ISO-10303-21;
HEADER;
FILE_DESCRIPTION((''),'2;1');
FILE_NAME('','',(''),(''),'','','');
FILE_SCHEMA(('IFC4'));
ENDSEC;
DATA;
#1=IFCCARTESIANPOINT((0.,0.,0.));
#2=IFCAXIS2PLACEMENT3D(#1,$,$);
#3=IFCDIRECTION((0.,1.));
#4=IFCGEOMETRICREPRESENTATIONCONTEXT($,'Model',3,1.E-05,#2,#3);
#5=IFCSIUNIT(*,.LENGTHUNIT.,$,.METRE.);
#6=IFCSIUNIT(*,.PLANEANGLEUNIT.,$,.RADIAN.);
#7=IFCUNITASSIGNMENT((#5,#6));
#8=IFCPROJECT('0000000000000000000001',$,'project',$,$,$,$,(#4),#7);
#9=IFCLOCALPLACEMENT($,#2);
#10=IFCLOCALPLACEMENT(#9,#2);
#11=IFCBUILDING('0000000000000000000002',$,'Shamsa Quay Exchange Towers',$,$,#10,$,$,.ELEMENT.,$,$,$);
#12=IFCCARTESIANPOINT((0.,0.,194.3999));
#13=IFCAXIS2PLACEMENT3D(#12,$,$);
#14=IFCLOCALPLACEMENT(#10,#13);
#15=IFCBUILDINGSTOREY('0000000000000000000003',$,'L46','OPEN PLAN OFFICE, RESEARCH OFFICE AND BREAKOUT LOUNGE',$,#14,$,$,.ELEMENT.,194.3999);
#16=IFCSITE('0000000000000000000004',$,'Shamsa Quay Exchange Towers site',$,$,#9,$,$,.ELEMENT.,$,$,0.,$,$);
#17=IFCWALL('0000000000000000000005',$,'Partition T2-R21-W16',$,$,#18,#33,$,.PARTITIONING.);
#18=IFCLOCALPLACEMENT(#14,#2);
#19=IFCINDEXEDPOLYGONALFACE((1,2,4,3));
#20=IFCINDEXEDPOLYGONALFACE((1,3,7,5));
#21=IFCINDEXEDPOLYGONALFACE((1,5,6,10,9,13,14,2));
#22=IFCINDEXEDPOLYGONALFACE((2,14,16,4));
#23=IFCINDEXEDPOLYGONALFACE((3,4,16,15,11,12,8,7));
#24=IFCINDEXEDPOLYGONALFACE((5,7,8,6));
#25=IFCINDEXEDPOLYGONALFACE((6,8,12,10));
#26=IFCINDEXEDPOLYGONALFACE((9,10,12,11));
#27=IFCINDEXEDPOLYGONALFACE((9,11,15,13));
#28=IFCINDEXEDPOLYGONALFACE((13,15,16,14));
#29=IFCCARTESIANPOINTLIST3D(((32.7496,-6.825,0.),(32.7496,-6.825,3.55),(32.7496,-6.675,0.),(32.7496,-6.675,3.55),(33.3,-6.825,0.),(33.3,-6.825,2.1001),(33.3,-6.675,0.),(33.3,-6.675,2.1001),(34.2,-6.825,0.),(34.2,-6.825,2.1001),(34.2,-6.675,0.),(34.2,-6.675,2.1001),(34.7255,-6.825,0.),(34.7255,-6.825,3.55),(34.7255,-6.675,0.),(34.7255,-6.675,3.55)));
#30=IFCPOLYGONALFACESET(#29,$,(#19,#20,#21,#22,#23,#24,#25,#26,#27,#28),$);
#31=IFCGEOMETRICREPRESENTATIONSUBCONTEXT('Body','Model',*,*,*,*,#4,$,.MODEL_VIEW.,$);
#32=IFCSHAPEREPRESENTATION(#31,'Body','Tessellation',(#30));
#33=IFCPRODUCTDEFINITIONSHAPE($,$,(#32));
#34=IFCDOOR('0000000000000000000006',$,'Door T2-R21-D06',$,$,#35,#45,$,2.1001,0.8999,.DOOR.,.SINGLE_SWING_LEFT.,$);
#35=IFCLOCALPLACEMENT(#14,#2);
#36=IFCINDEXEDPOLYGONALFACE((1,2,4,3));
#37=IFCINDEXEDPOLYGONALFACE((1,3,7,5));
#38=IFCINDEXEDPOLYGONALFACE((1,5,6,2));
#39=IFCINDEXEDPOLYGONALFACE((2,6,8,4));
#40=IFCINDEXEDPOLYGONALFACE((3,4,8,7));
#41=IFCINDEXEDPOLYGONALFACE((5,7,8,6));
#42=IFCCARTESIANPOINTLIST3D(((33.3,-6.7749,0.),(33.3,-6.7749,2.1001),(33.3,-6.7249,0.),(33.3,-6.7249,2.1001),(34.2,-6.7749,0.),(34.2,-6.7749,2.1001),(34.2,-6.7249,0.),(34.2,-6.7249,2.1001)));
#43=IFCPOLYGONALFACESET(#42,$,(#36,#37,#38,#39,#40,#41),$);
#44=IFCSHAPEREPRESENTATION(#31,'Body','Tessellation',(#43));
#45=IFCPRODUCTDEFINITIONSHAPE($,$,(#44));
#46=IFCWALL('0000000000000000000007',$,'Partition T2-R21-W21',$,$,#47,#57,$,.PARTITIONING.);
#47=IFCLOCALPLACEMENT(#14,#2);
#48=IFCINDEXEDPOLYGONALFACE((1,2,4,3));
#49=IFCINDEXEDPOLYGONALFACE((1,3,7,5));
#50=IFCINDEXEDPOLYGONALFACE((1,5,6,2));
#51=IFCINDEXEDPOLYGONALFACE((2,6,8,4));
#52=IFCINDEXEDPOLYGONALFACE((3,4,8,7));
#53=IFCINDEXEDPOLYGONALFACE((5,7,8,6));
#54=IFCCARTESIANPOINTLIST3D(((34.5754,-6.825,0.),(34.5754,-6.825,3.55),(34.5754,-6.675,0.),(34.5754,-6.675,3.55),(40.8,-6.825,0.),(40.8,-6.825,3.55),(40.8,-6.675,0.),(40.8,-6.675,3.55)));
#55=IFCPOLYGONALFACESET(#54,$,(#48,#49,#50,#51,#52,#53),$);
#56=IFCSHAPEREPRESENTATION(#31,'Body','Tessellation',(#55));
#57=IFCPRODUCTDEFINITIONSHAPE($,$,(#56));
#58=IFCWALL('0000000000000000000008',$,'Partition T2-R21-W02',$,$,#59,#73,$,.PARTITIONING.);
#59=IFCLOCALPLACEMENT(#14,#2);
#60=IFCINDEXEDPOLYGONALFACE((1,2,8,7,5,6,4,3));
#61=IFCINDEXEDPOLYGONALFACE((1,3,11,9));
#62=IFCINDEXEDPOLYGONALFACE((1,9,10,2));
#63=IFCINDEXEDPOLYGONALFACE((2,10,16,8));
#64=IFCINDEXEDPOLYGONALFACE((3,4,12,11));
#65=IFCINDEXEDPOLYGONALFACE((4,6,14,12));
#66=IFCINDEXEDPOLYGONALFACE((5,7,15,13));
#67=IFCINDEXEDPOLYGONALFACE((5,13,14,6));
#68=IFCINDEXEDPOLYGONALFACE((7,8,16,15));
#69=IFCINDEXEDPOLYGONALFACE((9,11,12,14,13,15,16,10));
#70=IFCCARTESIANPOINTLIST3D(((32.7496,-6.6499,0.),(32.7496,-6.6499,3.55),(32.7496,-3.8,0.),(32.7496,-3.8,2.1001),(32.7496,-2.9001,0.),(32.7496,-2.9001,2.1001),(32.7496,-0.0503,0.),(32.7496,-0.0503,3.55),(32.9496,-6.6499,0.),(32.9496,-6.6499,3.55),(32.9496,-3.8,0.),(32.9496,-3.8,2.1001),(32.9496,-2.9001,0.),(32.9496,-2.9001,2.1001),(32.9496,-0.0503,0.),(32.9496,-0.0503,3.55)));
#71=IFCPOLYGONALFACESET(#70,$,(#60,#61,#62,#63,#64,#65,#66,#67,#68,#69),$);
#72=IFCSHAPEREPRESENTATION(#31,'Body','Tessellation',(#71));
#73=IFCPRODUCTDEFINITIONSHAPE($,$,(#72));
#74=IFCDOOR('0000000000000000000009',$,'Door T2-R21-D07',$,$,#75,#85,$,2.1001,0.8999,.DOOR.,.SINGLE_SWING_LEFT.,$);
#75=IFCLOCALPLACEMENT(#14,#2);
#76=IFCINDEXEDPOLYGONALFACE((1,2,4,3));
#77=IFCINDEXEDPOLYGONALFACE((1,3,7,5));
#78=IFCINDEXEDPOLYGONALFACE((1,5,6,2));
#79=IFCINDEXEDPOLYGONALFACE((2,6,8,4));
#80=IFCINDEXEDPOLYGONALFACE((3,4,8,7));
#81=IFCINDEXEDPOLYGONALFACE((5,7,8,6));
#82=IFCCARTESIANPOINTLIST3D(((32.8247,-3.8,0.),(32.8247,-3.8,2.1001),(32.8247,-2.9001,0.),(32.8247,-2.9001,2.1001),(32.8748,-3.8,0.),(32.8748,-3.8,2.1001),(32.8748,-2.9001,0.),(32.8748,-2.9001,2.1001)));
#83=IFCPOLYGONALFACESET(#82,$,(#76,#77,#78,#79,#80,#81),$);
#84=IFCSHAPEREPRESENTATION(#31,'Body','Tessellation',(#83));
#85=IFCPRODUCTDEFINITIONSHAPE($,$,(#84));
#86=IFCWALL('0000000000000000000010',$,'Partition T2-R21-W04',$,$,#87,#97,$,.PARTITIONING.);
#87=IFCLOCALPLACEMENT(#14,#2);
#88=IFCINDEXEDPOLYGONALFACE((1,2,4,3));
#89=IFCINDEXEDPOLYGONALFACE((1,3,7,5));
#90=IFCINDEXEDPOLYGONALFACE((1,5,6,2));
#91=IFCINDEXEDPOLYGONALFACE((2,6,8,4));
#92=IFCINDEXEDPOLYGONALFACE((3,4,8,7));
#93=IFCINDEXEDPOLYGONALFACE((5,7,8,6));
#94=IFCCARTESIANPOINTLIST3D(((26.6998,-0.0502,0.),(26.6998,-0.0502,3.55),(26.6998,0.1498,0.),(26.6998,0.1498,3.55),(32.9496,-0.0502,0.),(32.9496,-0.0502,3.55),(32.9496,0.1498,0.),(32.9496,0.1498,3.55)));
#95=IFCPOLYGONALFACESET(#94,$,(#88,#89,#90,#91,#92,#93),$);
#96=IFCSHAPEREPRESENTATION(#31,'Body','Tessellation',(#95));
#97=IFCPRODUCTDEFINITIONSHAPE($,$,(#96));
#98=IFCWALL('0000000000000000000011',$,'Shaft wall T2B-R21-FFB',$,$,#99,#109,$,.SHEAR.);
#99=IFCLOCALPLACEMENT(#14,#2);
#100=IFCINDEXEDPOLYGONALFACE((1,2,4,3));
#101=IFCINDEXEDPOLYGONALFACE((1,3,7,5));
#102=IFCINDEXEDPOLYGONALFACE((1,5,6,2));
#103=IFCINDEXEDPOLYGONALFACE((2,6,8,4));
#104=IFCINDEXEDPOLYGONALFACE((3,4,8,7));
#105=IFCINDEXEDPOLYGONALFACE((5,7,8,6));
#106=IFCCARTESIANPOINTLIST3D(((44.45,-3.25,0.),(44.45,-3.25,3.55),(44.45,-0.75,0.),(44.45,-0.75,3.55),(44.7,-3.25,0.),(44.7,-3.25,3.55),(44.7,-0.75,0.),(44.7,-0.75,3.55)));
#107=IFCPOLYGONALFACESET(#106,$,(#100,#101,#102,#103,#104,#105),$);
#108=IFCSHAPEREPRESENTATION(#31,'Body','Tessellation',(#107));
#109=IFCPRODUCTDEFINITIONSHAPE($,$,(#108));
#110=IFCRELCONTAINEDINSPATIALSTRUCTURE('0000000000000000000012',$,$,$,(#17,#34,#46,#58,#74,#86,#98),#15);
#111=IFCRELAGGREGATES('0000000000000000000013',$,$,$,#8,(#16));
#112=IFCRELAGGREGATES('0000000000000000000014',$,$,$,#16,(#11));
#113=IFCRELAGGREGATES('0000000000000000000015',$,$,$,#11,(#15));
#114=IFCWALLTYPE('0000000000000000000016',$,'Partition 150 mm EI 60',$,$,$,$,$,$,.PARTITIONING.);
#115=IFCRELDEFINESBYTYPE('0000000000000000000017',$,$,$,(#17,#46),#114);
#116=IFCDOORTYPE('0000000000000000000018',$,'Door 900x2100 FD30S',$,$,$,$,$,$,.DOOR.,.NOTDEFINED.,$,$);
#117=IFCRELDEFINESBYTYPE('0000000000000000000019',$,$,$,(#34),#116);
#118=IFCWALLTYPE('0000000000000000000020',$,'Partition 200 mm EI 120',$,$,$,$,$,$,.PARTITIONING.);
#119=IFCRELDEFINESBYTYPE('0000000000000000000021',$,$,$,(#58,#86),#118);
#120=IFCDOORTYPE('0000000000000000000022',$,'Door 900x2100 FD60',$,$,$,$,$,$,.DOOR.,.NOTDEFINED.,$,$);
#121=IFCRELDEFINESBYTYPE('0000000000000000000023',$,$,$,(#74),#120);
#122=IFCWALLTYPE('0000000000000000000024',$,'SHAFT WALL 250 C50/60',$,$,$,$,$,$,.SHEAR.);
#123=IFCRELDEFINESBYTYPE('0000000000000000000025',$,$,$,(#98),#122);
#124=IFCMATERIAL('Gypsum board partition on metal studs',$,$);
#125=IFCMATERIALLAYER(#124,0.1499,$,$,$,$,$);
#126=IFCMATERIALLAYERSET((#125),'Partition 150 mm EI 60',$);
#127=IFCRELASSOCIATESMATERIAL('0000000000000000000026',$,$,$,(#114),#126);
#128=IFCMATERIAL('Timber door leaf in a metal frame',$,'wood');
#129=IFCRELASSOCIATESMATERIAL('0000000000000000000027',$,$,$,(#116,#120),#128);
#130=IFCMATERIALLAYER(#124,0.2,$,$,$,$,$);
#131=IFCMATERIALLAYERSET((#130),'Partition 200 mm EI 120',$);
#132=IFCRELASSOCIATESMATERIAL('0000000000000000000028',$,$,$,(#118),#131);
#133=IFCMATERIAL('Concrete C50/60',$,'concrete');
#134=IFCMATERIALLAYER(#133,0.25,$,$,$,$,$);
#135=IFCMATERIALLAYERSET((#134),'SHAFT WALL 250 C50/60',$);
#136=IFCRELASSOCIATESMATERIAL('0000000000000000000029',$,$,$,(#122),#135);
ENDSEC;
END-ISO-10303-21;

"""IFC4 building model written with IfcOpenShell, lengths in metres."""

from ifc_helpers import new_model, si_unit, direction, frame, frame_2d, origin, place, context, subcontext, project, spatial, rectangle, extrude, material, layer, layer_set, type_object, element, fill, save


model = new_model("IFC4")

# Units and contexts
model_context = context("Model", 3, precision=1e-05, world=origin(), true_north=direction((0.0, 1.0)))
body_context = subcontext(model_context, "Body", "Model", "MODEL_VIEW")
ifc_project = project(units=[si_unit("LENGTHUNIT", "METRE"), si_unit("PLANEANGLEUNIT", "RADIAN")], contexts=[model_context])

# Site, building, storey
site_placement = place(None, origin())
site = spatial("IfcSite", under=ifc_project, at=site_placement, Name="Shamsa Quay Exchange Towers site", CompositionType="ELEMENT", RefElevation=0.0)
building_placement = place(site_placement, origin())
building = spatial("IfcBuilding", under=site, at=building_placement, Name="Shamsa Quay Exchange Towers", CompositionType="ELEMENT")
storey_placement = place(building_placement, frame((0.0, 0.0, 194.3999)))
storey = spatial("IfcBuildingStorey", under=building, at=storey_placement, Name="L46", Description="OPEN PLAN OFFICE, RESEARCH OFFICE AND BREAKOUT LOUNGE", CompositionType="ELEMENT", Elevation=194.3999)

# Shared definitions
ifc_material_1 = material(Name="Gypsum board partition on metal studs")
ifc_layer_1 = layer(ifc_material_1, 0.1499)
ifc_layer_set_1 = layer_set([ifc_layer_1], Name="Partition 150 mm EI 60")
wall_type_1 = type_object("IfcWallType", Name="Partition 150 mm EI 60", PredefinedType="PARTITIONING", material=ifc_layer_set_1)

# Wall, opening, door
ifc_material_2 = material(Name="Timber door leaf in a metal frame", Category="wood")
door_type_1 = type_object("IfcDoorType", Name="Door 900x2100 FD30S", OperationType="NOTDEFINED", PredefinedType="DOOR", material=ifc_material_2)
wall_1_placement = place(storey_placement, frame((34.7253, -6.75, 0.0), z_axis=(0.0, 0.0, 1.0), x_axis=(-1.0, 0.0, 0.0)))
wall_1 = element("IfcWall", 1, at=wall_1_placement, inside=storey, type_object=wall_type_1, Name="Partition T2-R21-W16", PredefinedType="PARTITIONING", context=body_context, shape_type="SweptSolid", body=[
    extrude(rectangle(XDim=1.9758, YDim=0.1499, at=frame_2d((0.9878, 0.0))), origin(), (0.0, 0.0, 1.0), 3.55),
])
opening_1_placement = place(wall_1_placement, frame((0.5254, 0.0, 0.0)))
opening_1 = element("IfcOpeningElement", 2, at=opening_1_placement, cuts=wall_1, PredefinedType="OPENING", context=body_context, shape_type="SweptSolid", body=[
    extrude(rectangle(XDim=0.8999, YDim=2.1001, at=frame_2d((0.45, 1.05))), frame((0.0, 0.085, 0.0), z_axis=(0.0, -1.0, 0.0), x_axis=(1.0, 0.0, 0.0)), (0.0, 0.0, 1.0), 0.1699),
])
door_1_placement = place(opening_1_placement, origin())
door_1 = element("IfcDoor", 3, at=door_1_placement, inside=storey, type_object=door_type_1, Name="Door T2-R21-D06", OperationType="SINGLE_SWING_LEFT", OverallHeight=2.1001, OverallWidth=0.8999, PredefinedType="DOOR", context=body_context, shape_type="SweptSolid", body=[
    extrude(rectangle(XDim=0.8999, YDim=2.1001, at=frame_2d((0.45, 1.05))), frame((0.0, 0.0249, 0.0), z_axis=(0.0, -1.0, 0.0), x_axis=(1.0, 0.0, 0.0)), (0.0, 0.0, 1.0), 0.05),
])
fill(opening_1, door_1)

# Wall
wall_2_placement = place(storey_placement, frame((34.5754, -6.75, 0.0)))
element("IfcWall", 4, at=wall_2_placement, inside=storey, type_object=wall_type_1, Name="Partition T2-R21-W21", PredefinedType="PARTITIONING", context=body_context, shape_type="SweptSolid", body=[
    extrude(rectangle(XDim=6.2246, YDim=0.1499, at=frame_2d((3.1123, 0.0))), origin(), (0.0, 0.0, 1.0), 3.55),
])

# Wall, opening, door
ifc_layer_2 = layer(ifc_material_1, 0.2)
ifc_layer_set_2 = layer_set([ifc_layer_2], Name="Partition 200 mm EI 120")
wall_type_2 = type_object("IfcWallType", Name="Partition 200 mm EI 120", PredefinedType="PARTITIONING", material=ifc_layer_set_2)
wall_3_placement = place(storey_placement, frame((32.8496, -6.6499, 0.0), z_axis=(0.0, 0.0, 1.0), x_axis=(0.0, 1.0, 0.0)))
wall_3 = element("IfcWall", 5, at=wall_3_placement, inside=storey, type_object=wall_type_2, Name="Partition T2-R21-W02", PredefinedType="PARTITIONING", context=body_context, shape_type="SweptSolid", body=[
    extrude(rectangle(XDim=6.5996, YDim=0.2, at=frame_2d((3.2998, 0.0))), origin(), (0.0, 0.0, 1.0), 3.55),
])
opening_2_placement = place(wall_3_placement, frame((2.8499, 0.0, 0.0)))
opening_2 = element("IfcOpeningElement", 6, at=opening_2_placement, cuts=wall_3, PredefinedType="OPENING", context=body_context, shape_type="SweptSolid", body=[
    extrude(rectangle(XDim=0.8999, YDim=2.1001, at=frame_2d((0.45, 1.05))), frame((0.0, 0.1099, 0.0), z_axis=(0.0, -1.0, 0.0), x_axis=(1.0, 0.0, 0.0)), (0.0, 0.0, 1.0), 0.22),
])
door_type_2 = type_object("IfcDoorType", Name="Door 900x2100 FD60", OperationType="NOTDEFINED", PredefinedType="DOOR", material=ifc_material_2)
door_2_placement = place(opening_2_placement, origin())
door_2 = element("IfcDoor", 7, at=door_2_placement, inside=storey, type_object=door_type_2, Name="Door T2-R21-D07", OperationType="SINGLE_SWING_LEFT", OverallHeight=2.1001, OverallWidth=0.8999, PredefinedType="DOOR", context=body_context, shape_type="SweptSolid", body=[
    extrude(rectangle(XDim=0.8999, YDim=2.1001, at=frame_2d((0.45, 1.05))), frame((0.0, 0.0249, 0.0), z_axis=(0.0, -1.0, 0.0), x_axis=(1.0, 0.0, 0.0)), (0.0, 0.0, 1.0), 0.05),
])
fill(opening_2, door_2)

# Walls
wall_4_placement = place(storey_placement, frame((32.9497, 0.0498, 0.0), z_axis=(0.0, 0.0, 1.0), x_axis=(-1.0, 0.0, 0.0)))
element("IfcWall", 8, at=wall_4_placement, inside=storey, type_object=wall_type_2, Name="Partition T2-R21-W04", PredefinedType="PARTITIONING", context=body_context, shape_type="SweptSolid", body=[
    extrude(rectangle(XDim=6.2498, YDim=0.2, at=frame_2d((3.125, 0.0))), origin(), (0.0, 0.0, 1.0), 3.55),
])
ifc_material_3 = material(Name="Concrete C50/60", Category="concrete")
ifc_layer_3 = layer(ifc_material_3, 0.25)
ifc_layer_set_3 = layer_set([ifc_layer_3], Name="SHAFT WALL 250 C50/60")
wall_type_3 = type_object("IfcWallType", Name="SHAFT WALL 250 C50/60", PredefinedType="SHEAR", material=ifc_layer_set_3)
wall_5_placement = place(storey_placement, frame((44.575, -3.25, 0.0), z_axis=(0.0, 0.0, 1.0), x_axis=(0.0, 1.0, 0.0)))
element("IfcWall", 9, at=wall_5_placement, inside=storey, type_object=wall_type_3, Name="Shaft wall T2B-R21-FFB", PredefinedType="SHEAR", context=body_context, shape_type="SweptSolid", body=[
    extrude(rectangle(XDim=2.5, YDim=0.25, at=frame_2d((1.25, 0.0))), origin(), (0.0, 0.0, 1.0), 3.55),
])

save(model, "model.ifc")
